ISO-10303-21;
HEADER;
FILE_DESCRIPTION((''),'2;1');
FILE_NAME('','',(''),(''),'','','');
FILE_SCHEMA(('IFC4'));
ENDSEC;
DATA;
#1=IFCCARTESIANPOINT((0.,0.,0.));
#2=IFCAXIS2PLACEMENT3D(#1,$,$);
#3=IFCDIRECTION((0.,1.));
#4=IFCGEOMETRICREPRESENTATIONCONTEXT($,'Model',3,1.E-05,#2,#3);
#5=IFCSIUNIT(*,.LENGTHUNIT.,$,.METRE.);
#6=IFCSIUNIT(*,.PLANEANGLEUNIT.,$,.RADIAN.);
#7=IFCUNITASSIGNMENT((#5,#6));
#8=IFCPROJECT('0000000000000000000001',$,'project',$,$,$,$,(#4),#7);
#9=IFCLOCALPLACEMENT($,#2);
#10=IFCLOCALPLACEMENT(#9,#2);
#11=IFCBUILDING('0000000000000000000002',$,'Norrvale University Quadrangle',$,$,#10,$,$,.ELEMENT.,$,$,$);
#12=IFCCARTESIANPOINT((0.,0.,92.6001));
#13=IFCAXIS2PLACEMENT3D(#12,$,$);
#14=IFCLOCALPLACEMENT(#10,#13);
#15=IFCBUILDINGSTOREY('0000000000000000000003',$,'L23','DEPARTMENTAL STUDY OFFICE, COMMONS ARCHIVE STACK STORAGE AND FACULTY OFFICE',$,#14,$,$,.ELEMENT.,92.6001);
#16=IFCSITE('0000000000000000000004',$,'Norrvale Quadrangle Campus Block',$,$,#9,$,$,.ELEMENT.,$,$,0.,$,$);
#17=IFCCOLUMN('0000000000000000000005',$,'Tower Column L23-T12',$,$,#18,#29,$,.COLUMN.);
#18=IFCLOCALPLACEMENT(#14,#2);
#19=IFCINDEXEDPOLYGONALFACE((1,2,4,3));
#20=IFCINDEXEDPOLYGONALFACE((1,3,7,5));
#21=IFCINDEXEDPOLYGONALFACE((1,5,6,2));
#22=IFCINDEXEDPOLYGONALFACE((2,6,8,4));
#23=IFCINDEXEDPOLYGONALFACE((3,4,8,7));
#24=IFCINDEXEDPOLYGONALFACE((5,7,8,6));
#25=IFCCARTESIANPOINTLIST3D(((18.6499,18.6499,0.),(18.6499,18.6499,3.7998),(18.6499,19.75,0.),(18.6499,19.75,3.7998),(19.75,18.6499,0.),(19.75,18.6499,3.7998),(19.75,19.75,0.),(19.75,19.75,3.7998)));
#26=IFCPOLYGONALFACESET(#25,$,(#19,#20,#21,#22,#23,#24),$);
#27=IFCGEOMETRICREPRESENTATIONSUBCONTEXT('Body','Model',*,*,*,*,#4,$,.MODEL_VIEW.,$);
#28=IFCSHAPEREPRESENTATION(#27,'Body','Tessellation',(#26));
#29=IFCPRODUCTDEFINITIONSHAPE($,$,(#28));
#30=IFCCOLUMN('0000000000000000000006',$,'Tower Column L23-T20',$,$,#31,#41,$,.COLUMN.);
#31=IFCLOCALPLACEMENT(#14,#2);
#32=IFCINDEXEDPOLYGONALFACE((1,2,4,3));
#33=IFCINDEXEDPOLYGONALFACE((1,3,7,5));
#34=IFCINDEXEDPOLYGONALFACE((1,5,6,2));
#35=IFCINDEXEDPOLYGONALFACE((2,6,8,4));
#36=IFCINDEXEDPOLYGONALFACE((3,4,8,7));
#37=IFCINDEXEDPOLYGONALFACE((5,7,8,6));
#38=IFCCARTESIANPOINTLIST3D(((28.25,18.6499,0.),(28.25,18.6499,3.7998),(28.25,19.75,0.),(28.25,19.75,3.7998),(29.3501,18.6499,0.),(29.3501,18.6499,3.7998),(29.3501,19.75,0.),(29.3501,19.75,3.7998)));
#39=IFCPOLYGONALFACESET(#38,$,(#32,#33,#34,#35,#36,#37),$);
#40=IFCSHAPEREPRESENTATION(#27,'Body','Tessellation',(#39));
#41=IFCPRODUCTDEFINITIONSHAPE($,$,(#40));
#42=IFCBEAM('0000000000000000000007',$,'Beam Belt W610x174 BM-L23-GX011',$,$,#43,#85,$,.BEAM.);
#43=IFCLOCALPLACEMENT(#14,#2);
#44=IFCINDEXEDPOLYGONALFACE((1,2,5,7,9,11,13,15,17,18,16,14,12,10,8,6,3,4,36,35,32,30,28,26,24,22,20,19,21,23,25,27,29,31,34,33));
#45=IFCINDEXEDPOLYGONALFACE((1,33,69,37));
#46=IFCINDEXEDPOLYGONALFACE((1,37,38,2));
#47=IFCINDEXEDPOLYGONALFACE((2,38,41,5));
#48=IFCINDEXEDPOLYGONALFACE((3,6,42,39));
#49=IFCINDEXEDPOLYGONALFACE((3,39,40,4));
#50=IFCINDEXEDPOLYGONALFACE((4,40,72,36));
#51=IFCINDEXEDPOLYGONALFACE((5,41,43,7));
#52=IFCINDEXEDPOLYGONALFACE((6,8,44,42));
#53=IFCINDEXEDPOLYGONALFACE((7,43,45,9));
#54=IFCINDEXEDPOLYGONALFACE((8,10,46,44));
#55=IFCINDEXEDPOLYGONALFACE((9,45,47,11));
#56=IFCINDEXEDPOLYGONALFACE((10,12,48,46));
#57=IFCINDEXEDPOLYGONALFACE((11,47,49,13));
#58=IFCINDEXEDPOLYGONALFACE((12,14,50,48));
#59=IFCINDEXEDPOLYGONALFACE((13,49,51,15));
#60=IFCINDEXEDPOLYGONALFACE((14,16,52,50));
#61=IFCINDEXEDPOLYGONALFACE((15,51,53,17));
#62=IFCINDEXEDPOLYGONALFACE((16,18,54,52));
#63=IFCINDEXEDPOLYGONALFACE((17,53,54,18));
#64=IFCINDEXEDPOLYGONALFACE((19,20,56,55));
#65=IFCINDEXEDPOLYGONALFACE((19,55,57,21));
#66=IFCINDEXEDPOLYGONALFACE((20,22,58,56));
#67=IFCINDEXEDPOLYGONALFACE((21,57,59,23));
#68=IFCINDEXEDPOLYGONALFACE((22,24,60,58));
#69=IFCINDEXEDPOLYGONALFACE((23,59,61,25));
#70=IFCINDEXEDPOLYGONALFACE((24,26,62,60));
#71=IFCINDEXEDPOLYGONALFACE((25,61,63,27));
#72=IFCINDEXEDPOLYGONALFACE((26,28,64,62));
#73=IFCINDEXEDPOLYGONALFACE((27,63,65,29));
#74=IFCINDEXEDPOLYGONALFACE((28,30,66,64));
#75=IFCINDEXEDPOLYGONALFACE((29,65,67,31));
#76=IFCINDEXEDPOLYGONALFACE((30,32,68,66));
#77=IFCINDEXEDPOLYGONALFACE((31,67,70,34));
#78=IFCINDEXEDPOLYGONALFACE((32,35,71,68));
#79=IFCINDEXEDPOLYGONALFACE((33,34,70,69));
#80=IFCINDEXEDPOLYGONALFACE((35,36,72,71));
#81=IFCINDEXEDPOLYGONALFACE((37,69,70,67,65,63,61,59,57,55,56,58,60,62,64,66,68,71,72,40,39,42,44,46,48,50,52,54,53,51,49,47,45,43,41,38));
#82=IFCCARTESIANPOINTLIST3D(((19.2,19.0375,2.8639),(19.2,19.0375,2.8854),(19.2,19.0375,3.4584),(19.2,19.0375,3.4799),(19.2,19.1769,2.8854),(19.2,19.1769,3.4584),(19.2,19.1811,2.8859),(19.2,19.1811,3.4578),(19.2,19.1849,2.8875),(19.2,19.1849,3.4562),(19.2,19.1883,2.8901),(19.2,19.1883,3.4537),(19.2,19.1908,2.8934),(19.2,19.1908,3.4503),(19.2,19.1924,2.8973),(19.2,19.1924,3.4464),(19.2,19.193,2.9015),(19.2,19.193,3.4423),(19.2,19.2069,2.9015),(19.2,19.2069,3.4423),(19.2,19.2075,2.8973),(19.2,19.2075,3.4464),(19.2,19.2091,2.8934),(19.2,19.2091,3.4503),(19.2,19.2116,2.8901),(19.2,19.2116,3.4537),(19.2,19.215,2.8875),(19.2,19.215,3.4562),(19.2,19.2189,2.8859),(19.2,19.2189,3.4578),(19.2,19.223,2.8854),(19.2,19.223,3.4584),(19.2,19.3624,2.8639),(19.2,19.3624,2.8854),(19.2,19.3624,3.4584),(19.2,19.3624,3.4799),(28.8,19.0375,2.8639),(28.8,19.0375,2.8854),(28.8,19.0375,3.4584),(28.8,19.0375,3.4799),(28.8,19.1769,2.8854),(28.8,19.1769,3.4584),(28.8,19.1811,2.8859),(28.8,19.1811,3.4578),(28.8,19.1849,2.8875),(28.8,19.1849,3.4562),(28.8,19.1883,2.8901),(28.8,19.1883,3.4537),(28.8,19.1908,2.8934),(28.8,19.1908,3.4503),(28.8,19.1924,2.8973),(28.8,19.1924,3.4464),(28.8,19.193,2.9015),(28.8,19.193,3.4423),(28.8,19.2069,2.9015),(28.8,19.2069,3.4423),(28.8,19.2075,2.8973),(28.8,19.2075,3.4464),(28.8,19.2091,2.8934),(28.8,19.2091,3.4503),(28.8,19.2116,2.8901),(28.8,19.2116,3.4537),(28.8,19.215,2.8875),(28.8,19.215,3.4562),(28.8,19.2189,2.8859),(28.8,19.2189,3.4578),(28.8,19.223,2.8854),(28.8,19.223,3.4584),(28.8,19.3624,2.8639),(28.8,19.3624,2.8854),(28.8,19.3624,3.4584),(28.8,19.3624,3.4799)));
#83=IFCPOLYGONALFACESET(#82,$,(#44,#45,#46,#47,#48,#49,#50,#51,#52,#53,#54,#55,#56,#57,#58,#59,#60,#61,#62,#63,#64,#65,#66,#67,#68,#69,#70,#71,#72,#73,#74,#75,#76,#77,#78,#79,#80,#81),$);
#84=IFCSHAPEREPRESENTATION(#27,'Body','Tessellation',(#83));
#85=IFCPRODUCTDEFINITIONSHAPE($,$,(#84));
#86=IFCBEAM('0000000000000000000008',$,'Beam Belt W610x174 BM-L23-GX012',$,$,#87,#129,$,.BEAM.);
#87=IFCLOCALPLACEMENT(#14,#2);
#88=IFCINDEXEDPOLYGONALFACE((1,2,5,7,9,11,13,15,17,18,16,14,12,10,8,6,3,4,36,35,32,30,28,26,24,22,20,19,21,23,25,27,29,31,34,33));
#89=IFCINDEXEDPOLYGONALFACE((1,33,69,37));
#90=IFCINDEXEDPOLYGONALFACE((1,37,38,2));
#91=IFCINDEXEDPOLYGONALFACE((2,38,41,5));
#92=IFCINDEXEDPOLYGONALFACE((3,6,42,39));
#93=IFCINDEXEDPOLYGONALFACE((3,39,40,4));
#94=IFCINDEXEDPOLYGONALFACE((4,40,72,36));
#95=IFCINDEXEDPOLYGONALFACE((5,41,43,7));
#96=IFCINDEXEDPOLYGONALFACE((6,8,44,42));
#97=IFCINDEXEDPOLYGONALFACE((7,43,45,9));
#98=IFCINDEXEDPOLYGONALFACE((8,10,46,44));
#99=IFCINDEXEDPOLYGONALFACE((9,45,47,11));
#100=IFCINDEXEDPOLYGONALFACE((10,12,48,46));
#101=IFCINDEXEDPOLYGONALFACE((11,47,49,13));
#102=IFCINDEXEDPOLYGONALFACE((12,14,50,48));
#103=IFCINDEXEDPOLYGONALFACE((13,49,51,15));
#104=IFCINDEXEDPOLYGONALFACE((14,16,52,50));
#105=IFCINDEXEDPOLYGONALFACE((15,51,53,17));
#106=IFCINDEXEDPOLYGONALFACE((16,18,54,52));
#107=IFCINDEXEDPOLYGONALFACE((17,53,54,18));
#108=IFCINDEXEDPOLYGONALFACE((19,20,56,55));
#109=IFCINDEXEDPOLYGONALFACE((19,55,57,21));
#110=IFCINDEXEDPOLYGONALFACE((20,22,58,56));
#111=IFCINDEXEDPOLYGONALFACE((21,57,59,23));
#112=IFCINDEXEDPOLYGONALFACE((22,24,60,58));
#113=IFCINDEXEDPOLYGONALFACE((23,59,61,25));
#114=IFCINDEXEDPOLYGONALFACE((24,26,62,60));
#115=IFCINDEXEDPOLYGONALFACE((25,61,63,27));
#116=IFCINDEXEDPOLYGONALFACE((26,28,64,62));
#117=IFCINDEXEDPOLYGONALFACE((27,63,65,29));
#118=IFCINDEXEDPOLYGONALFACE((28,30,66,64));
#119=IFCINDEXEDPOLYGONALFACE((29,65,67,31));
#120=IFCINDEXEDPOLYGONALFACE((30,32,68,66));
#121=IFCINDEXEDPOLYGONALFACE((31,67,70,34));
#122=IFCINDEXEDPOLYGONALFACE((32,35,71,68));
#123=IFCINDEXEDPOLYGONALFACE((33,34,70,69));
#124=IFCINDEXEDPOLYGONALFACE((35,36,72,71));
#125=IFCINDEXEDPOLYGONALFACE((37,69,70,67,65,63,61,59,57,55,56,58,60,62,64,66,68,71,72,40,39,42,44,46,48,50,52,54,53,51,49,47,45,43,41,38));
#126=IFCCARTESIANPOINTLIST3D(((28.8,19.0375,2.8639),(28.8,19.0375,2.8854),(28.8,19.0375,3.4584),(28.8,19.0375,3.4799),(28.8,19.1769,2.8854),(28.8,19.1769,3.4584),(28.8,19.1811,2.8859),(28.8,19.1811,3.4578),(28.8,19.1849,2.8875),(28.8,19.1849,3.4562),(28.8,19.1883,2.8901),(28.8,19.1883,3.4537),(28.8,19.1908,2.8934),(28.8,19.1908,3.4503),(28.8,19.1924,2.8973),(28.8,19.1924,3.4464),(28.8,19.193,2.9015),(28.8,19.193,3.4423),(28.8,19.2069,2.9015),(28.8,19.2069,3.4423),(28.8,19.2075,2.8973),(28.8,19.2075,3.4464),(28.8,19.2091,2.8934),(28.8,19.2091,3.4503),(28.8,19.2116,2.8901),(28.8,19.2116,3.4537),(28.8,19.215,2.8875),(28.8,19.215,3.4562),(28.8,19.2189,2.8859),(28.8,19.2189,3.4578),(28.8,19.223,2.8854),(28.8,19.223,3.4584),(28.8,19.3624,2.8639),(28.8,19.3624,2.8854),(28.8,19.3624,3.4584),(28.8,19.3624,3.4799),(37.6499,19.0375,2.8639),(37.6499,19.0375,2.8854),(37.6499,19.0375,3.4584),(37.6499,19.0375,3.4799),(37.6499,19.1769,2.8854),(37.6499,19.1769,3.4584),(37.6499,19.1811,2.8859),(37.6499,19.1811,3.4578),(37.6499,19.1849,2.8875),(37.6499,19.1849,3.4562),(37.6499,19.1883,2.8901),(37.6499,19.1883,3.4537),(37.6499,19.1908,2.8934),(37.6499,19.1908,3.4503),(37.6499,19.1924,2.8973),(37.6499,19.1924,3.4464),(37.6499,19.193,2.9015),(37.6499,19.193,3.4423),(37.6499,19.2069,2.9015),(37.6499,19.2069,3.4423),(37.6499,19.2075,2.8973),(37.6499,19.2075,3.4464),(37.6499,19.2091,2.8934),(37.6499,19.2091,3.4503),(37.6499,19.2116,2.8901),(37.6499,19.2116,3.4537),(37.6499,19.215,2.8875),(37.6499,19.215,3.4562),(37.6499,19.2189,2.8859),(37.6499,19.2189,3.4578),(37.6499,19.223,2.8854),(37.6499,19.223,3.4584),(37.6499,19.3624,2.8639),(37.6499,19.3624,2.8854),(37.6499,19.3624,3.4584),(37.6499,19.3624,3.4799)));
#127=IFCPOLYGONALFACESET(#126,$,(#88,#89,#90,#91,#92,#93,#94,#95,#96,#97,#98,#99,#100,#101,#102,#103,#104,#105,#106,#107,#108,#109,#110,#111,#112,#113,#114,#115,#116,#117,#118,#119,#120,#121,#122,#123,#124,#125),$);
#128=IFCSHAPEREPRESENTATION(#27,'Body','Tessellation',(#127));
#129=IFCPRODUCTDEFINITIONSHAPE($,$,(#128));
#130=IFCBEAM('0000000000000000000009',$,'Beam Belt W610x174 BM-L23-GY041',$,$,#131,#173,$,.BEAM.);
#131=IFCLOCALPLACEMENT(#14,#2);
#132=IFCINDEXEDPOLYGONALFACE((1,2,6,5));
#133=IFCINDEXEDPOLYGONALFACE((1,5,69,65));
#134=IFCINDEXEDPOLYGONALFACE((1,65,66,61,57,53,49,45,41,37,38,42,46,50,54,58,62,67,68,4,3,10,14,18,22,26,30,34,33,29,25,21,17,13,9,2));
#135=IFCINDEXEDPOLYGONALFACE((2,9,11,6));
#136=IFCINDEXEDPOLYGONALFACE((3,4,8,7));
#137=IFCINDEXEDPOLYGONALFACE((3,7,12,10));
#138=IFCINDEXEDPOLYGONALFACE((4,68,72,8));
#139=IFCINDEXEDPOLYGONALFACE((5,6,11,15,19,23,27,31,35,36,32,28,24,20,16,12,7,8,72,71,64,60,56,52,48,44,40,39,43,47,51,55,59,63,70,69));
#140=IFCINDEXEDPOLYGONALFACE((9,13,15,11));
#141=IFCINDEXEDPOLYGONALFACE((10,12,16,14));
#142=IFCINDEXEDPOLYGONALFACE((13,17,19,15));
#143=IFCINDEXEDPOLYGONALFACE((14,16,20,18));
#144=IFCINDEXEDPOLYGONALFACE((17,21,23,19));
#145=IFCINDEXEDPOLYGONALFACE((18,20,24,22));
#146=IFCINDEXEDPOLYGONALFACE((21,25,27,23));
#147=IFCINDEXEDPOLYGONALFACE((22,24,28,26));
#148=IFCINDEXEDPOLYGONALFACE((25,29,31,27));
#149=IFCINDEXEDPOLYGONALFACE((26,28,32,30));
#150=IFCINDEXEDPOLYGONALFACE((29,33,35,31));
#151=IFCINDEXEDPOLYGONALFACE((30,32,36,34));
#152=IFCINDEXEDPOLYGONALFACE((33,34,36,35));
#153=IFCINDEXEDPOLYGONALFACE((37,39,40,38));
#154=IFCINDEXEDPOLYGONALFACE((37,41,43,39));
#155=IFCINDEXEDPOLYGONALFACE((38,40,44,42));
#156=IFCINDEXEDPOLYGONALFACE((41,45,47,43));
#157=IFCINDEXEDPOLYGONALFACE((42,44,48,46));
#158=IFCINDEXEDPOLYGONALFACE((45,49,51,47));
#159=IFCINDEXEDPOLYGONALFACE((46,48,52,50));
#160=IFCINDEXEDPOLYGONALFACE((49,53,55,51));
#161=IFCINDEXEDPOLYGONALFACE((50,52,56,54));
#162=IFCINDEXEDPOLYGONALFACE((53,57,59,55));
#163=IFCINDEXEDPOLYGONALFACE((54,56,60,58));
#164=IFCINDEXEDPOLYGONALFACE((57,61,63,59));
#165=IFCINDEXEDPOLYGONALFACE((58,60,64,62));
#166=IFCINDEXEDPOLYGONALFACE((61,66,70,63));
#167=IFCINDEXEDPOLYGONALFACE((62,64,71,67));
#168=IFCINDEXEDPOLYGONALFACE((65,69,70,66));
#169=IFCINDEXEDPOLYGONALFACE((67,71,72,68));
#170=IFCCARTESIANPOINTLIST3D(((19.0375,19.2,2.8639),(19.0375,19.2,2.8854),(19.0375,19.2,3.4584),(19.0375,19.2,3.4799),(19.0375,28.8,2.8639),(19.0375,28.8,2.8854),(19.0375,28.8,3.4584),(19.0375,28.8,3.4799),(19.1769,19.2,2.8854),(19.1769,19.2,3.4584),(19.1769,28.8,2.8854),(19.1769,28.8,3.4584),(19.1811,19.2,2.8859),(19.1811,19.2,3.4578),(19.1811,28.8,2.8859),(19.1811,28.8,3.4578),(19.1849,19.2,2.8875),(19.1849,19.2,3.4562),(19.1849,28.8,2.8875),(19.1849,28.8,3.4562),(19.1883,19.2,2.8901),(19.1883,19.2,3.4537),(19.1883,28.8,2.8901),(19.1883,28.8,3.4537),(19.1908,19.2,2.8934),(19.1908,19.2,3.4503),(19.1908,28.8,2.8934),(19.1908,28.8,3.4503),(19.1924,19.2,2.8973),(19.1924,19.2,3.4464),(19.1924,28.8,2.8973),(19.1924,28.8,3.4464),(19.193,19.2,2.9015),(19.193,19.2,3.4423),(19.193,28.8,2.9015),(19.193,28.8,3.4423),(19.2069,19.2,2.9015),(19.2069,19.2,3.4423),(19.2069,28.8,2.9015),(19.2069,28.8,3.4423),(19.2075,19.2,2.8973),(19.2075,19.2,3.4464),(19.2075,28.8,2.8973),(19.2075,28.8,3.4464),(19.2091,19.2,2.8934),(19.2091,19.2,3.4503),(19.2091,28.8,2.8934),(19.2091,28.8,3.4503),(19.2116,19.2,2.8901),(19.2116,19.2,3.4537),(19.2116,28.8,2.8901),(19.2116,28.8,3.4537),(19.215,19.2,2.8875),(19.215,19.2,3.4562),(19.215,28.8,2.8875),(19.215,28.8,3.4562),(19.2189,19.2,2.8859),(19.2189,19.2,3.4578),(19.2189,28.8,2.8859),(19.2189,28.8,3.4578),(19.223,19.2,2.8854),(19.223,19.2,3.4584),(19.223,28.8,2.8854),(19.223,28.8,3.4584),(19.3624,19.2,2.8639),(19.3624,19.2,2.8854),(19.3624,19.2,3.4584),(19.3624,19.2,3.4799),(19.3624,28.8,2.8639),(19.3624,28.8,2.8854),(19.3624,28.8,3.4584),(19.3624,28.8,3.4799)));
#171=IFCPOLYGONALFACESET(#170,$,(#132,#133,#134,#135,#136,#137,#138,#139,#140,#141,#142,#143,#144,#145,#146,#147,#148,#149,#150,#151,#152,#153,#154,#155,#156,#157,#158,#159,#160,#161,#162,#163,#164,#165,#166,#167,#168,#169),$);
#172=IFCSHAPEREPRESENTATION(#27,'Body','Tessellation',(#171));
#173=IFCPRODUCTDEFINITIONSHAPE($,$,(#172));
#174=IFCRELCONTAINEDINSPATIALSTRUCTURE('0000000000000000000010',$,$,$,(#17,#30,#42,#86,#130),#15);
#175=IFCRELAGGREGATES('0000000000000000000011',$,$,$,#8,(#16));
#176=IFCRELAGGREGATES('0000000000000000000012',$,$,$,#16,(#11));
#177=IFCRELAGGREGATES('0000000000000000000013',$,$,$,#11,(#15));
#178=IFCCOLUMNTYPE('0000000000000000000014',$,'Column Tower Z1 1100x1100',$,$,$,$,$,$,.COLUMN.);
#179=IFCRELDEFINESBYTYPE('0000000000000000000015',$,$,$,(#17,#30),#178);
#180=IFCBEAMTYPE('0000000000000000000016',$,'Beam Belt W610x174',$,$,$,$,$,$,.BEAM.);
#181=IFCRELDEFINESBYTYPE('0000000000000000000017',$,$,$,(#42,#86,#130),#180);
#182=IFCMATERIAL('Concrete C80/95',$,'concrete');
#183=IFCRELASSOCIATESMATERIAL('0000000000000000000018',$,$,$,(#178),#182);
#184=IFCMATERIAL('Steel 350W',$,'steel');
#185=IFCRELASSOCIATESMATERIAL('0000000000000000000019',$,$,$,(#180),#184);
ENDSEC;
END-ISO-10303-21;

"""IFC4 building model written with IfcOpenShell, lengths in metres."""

from ifc_helpers import new_model, si_unit, direction, frame, origin, origin_2d, place, context, subcontext, project, spatial, rectangle, i_section, extrude, material, material_profile, profile_set, type_object, element, save


model = new_model("IFC4")

# Units and contexts
model_context = context("Model", 3, precision=1e-05, world=origin(), true_north=direction((0.0, 1.0)))
body_context = subcontext(model_context, "Body", "Model", "MODEL_VIEW")
ifc_project = project(units=[si_unit("LENGTHUNIT", "METRE"), si_unit("PLANEANGLEUNIT", "RADIAN")], contexts=[model_context])

# Site, building, storey
site_placement = place(None, origin())
site = spatial("IfcSite", under=ifc_project, at=site_placement, Name="Norrvale Quadrangle Campus Block", CompositionType="ELEMENT", RefElevation=0.0)
building_placement = place(site_placement, origin())
building = spatial("IfcBuilding", under=site, at=building_placement, Name="Norrvale University Quadrangle", CompositionType="ELEMENT")
storey_placement = place(building_placement, frame((0.0, 0.0, 92.6001)))
storey = spatial("IfcBuildingStorey", under=building, at=storey_placement, Name="L23", Description="DEPARTMENTAL STUDY OFFICE, COMMONS ARCHIVE STACK STORAGE AND FACULTY OFFICE", CompositionType="ELEMENT", Elevation=92.6001)

# Columns
ifc_material_1 = material(Name="Concrete C80/95", Category="concrete")
ifc_material_profile_1 = material_profile(ifc_material_1, rectangle(XDim=1.1001, YDim=1.1001, at=origin_2d()), Name="Concrete C80/95")
ifc_profile_set_1 = profile_set([ifc_material_profile_1], Name="Concrete C80/95")
column_type = type_object("IfcColumnType", Name="Column Tower Z1 1100x1100", PredefinedType="COLUMN", material=ifc_profile_set_1)
for number, where, z_axis, x_axis, name in (
    (1, (19.2, 19.2, 0.0), (0.0, 0.0, 1.0), (1.0, 0.0, 0.0), "Tower Column L23-T12"),
    (2, (28.8, 19.2, 0.0), (0.0, 0.0, 1.0), (1.0, 0.0, 0.0), "Tower Column L23-T20"),
):
    element("IfcColumn", number, at=place(storey_placement, frame(where, z_axis=z_axis, x_axis=x_axis)), inside=storey, type_object=column_type, Name=name, PredefinedType="COLUMN", context=body_context, shape_type="SweptSolid", body=[
        extrude(rectangle(XDim=1.1001, YDim=1.1001, at=origin_2d()), origin(), (0.0, 0.0, 1.0), 3.7998),
    ])

# Beams
ifc_material_2 = material(Name="Steel 350W", Category="steel")
ifc_material_profile_2 = material_profile(ifc_material_2, i_section(OverallWidth=0.325, OverallDepth=0.616, WebThickness=0.0139, FlangeThickness=0.0215, FilletRadius=0.0161, at=origin_2d()), Name="Steel 350W")
ifc_profile_set_2 = profile_set([ifc_material_profile_2], Name="Steel 350W")
beam_type_1 = type_object("IfcBeamType", Name="Beam Belt W610x174", PredefinedType="BEAM", material=ifc_profile_set_2)
beam_1_placement = place(storey_placement, frame((19.2, 19.2, 3.1719), z_axis=(1.0, 0.0, 0.0), x_axis=(0.0, 1.0, 0.0)))
element("IfcBeam", 3, at=beam_1_placement, inside=storey, type_object=beam_type_1, Name="Beam Belt W610x174 BM-L23-GX011", PredefinedType="BEAM", context=body_context, shape_type="SweptSolid", body=[
    extrude(i_section(OverallWidth=0.325, OverallDepth=0.616, WebThickness=0.0139, FlangeThickness=0.0215, FilletRadius=0.0161, at=origin_2d()), origin(), (0.0, 0.0, 1.0), 9.6001),
])
beam_2_placement = place(storey_placement, frame((28.8, 19.2, 3.1719), z_axis=(1.0, 0.0, 0.0), x_axis=(0.0, 1.0, 0.0)))
element("IfcBeam", 4, at=beam_2_placement, inside=storey, type_object=beam_type_1, Name="Beam Belt W610x174 BM-L23-GX012", PredefinedType="BEAM", context=body_context, shape_type="SweptSolid", body=[
    extrude(i_section(OverallWidth=0.325, OverallDepth=0.616, WebThickness=0.0139, FlangeThickness=0.0215, FilletRadius=0.0161, at=origin_2d()), origin(), (0.0, 0.0, 1.0), 8.8499),
])
for number, where, z_axis, x_axis, name in (
    (5, (19.2, 19.2, 3.1719), (0.0, 1.0, 0.0), (-1.0, 0.0, 0.0), "Beam Belt W610x174 BM-L23-GY041"),
):
    element("IfcBeam", number, at=place(storey_placement, frame(where, z_axis=z_axis, x_axis=x_axis)), inside=storey, type_object=beam_type_1, Name=name, PredefinedType="BEAM", context=body_context, shape_type="SweptSolid", body=[
        extrude(i_section(OverallWidth=0.325, OverallDepth=0.616, WebThickness=0.0139, FlangeThickness=0.0215, FilletRadius=0.0161, at=origin_2d()), origin(), (0.0, 0.0, 1.0), 9.6001),
    ])

save(model, "model.ifc")
